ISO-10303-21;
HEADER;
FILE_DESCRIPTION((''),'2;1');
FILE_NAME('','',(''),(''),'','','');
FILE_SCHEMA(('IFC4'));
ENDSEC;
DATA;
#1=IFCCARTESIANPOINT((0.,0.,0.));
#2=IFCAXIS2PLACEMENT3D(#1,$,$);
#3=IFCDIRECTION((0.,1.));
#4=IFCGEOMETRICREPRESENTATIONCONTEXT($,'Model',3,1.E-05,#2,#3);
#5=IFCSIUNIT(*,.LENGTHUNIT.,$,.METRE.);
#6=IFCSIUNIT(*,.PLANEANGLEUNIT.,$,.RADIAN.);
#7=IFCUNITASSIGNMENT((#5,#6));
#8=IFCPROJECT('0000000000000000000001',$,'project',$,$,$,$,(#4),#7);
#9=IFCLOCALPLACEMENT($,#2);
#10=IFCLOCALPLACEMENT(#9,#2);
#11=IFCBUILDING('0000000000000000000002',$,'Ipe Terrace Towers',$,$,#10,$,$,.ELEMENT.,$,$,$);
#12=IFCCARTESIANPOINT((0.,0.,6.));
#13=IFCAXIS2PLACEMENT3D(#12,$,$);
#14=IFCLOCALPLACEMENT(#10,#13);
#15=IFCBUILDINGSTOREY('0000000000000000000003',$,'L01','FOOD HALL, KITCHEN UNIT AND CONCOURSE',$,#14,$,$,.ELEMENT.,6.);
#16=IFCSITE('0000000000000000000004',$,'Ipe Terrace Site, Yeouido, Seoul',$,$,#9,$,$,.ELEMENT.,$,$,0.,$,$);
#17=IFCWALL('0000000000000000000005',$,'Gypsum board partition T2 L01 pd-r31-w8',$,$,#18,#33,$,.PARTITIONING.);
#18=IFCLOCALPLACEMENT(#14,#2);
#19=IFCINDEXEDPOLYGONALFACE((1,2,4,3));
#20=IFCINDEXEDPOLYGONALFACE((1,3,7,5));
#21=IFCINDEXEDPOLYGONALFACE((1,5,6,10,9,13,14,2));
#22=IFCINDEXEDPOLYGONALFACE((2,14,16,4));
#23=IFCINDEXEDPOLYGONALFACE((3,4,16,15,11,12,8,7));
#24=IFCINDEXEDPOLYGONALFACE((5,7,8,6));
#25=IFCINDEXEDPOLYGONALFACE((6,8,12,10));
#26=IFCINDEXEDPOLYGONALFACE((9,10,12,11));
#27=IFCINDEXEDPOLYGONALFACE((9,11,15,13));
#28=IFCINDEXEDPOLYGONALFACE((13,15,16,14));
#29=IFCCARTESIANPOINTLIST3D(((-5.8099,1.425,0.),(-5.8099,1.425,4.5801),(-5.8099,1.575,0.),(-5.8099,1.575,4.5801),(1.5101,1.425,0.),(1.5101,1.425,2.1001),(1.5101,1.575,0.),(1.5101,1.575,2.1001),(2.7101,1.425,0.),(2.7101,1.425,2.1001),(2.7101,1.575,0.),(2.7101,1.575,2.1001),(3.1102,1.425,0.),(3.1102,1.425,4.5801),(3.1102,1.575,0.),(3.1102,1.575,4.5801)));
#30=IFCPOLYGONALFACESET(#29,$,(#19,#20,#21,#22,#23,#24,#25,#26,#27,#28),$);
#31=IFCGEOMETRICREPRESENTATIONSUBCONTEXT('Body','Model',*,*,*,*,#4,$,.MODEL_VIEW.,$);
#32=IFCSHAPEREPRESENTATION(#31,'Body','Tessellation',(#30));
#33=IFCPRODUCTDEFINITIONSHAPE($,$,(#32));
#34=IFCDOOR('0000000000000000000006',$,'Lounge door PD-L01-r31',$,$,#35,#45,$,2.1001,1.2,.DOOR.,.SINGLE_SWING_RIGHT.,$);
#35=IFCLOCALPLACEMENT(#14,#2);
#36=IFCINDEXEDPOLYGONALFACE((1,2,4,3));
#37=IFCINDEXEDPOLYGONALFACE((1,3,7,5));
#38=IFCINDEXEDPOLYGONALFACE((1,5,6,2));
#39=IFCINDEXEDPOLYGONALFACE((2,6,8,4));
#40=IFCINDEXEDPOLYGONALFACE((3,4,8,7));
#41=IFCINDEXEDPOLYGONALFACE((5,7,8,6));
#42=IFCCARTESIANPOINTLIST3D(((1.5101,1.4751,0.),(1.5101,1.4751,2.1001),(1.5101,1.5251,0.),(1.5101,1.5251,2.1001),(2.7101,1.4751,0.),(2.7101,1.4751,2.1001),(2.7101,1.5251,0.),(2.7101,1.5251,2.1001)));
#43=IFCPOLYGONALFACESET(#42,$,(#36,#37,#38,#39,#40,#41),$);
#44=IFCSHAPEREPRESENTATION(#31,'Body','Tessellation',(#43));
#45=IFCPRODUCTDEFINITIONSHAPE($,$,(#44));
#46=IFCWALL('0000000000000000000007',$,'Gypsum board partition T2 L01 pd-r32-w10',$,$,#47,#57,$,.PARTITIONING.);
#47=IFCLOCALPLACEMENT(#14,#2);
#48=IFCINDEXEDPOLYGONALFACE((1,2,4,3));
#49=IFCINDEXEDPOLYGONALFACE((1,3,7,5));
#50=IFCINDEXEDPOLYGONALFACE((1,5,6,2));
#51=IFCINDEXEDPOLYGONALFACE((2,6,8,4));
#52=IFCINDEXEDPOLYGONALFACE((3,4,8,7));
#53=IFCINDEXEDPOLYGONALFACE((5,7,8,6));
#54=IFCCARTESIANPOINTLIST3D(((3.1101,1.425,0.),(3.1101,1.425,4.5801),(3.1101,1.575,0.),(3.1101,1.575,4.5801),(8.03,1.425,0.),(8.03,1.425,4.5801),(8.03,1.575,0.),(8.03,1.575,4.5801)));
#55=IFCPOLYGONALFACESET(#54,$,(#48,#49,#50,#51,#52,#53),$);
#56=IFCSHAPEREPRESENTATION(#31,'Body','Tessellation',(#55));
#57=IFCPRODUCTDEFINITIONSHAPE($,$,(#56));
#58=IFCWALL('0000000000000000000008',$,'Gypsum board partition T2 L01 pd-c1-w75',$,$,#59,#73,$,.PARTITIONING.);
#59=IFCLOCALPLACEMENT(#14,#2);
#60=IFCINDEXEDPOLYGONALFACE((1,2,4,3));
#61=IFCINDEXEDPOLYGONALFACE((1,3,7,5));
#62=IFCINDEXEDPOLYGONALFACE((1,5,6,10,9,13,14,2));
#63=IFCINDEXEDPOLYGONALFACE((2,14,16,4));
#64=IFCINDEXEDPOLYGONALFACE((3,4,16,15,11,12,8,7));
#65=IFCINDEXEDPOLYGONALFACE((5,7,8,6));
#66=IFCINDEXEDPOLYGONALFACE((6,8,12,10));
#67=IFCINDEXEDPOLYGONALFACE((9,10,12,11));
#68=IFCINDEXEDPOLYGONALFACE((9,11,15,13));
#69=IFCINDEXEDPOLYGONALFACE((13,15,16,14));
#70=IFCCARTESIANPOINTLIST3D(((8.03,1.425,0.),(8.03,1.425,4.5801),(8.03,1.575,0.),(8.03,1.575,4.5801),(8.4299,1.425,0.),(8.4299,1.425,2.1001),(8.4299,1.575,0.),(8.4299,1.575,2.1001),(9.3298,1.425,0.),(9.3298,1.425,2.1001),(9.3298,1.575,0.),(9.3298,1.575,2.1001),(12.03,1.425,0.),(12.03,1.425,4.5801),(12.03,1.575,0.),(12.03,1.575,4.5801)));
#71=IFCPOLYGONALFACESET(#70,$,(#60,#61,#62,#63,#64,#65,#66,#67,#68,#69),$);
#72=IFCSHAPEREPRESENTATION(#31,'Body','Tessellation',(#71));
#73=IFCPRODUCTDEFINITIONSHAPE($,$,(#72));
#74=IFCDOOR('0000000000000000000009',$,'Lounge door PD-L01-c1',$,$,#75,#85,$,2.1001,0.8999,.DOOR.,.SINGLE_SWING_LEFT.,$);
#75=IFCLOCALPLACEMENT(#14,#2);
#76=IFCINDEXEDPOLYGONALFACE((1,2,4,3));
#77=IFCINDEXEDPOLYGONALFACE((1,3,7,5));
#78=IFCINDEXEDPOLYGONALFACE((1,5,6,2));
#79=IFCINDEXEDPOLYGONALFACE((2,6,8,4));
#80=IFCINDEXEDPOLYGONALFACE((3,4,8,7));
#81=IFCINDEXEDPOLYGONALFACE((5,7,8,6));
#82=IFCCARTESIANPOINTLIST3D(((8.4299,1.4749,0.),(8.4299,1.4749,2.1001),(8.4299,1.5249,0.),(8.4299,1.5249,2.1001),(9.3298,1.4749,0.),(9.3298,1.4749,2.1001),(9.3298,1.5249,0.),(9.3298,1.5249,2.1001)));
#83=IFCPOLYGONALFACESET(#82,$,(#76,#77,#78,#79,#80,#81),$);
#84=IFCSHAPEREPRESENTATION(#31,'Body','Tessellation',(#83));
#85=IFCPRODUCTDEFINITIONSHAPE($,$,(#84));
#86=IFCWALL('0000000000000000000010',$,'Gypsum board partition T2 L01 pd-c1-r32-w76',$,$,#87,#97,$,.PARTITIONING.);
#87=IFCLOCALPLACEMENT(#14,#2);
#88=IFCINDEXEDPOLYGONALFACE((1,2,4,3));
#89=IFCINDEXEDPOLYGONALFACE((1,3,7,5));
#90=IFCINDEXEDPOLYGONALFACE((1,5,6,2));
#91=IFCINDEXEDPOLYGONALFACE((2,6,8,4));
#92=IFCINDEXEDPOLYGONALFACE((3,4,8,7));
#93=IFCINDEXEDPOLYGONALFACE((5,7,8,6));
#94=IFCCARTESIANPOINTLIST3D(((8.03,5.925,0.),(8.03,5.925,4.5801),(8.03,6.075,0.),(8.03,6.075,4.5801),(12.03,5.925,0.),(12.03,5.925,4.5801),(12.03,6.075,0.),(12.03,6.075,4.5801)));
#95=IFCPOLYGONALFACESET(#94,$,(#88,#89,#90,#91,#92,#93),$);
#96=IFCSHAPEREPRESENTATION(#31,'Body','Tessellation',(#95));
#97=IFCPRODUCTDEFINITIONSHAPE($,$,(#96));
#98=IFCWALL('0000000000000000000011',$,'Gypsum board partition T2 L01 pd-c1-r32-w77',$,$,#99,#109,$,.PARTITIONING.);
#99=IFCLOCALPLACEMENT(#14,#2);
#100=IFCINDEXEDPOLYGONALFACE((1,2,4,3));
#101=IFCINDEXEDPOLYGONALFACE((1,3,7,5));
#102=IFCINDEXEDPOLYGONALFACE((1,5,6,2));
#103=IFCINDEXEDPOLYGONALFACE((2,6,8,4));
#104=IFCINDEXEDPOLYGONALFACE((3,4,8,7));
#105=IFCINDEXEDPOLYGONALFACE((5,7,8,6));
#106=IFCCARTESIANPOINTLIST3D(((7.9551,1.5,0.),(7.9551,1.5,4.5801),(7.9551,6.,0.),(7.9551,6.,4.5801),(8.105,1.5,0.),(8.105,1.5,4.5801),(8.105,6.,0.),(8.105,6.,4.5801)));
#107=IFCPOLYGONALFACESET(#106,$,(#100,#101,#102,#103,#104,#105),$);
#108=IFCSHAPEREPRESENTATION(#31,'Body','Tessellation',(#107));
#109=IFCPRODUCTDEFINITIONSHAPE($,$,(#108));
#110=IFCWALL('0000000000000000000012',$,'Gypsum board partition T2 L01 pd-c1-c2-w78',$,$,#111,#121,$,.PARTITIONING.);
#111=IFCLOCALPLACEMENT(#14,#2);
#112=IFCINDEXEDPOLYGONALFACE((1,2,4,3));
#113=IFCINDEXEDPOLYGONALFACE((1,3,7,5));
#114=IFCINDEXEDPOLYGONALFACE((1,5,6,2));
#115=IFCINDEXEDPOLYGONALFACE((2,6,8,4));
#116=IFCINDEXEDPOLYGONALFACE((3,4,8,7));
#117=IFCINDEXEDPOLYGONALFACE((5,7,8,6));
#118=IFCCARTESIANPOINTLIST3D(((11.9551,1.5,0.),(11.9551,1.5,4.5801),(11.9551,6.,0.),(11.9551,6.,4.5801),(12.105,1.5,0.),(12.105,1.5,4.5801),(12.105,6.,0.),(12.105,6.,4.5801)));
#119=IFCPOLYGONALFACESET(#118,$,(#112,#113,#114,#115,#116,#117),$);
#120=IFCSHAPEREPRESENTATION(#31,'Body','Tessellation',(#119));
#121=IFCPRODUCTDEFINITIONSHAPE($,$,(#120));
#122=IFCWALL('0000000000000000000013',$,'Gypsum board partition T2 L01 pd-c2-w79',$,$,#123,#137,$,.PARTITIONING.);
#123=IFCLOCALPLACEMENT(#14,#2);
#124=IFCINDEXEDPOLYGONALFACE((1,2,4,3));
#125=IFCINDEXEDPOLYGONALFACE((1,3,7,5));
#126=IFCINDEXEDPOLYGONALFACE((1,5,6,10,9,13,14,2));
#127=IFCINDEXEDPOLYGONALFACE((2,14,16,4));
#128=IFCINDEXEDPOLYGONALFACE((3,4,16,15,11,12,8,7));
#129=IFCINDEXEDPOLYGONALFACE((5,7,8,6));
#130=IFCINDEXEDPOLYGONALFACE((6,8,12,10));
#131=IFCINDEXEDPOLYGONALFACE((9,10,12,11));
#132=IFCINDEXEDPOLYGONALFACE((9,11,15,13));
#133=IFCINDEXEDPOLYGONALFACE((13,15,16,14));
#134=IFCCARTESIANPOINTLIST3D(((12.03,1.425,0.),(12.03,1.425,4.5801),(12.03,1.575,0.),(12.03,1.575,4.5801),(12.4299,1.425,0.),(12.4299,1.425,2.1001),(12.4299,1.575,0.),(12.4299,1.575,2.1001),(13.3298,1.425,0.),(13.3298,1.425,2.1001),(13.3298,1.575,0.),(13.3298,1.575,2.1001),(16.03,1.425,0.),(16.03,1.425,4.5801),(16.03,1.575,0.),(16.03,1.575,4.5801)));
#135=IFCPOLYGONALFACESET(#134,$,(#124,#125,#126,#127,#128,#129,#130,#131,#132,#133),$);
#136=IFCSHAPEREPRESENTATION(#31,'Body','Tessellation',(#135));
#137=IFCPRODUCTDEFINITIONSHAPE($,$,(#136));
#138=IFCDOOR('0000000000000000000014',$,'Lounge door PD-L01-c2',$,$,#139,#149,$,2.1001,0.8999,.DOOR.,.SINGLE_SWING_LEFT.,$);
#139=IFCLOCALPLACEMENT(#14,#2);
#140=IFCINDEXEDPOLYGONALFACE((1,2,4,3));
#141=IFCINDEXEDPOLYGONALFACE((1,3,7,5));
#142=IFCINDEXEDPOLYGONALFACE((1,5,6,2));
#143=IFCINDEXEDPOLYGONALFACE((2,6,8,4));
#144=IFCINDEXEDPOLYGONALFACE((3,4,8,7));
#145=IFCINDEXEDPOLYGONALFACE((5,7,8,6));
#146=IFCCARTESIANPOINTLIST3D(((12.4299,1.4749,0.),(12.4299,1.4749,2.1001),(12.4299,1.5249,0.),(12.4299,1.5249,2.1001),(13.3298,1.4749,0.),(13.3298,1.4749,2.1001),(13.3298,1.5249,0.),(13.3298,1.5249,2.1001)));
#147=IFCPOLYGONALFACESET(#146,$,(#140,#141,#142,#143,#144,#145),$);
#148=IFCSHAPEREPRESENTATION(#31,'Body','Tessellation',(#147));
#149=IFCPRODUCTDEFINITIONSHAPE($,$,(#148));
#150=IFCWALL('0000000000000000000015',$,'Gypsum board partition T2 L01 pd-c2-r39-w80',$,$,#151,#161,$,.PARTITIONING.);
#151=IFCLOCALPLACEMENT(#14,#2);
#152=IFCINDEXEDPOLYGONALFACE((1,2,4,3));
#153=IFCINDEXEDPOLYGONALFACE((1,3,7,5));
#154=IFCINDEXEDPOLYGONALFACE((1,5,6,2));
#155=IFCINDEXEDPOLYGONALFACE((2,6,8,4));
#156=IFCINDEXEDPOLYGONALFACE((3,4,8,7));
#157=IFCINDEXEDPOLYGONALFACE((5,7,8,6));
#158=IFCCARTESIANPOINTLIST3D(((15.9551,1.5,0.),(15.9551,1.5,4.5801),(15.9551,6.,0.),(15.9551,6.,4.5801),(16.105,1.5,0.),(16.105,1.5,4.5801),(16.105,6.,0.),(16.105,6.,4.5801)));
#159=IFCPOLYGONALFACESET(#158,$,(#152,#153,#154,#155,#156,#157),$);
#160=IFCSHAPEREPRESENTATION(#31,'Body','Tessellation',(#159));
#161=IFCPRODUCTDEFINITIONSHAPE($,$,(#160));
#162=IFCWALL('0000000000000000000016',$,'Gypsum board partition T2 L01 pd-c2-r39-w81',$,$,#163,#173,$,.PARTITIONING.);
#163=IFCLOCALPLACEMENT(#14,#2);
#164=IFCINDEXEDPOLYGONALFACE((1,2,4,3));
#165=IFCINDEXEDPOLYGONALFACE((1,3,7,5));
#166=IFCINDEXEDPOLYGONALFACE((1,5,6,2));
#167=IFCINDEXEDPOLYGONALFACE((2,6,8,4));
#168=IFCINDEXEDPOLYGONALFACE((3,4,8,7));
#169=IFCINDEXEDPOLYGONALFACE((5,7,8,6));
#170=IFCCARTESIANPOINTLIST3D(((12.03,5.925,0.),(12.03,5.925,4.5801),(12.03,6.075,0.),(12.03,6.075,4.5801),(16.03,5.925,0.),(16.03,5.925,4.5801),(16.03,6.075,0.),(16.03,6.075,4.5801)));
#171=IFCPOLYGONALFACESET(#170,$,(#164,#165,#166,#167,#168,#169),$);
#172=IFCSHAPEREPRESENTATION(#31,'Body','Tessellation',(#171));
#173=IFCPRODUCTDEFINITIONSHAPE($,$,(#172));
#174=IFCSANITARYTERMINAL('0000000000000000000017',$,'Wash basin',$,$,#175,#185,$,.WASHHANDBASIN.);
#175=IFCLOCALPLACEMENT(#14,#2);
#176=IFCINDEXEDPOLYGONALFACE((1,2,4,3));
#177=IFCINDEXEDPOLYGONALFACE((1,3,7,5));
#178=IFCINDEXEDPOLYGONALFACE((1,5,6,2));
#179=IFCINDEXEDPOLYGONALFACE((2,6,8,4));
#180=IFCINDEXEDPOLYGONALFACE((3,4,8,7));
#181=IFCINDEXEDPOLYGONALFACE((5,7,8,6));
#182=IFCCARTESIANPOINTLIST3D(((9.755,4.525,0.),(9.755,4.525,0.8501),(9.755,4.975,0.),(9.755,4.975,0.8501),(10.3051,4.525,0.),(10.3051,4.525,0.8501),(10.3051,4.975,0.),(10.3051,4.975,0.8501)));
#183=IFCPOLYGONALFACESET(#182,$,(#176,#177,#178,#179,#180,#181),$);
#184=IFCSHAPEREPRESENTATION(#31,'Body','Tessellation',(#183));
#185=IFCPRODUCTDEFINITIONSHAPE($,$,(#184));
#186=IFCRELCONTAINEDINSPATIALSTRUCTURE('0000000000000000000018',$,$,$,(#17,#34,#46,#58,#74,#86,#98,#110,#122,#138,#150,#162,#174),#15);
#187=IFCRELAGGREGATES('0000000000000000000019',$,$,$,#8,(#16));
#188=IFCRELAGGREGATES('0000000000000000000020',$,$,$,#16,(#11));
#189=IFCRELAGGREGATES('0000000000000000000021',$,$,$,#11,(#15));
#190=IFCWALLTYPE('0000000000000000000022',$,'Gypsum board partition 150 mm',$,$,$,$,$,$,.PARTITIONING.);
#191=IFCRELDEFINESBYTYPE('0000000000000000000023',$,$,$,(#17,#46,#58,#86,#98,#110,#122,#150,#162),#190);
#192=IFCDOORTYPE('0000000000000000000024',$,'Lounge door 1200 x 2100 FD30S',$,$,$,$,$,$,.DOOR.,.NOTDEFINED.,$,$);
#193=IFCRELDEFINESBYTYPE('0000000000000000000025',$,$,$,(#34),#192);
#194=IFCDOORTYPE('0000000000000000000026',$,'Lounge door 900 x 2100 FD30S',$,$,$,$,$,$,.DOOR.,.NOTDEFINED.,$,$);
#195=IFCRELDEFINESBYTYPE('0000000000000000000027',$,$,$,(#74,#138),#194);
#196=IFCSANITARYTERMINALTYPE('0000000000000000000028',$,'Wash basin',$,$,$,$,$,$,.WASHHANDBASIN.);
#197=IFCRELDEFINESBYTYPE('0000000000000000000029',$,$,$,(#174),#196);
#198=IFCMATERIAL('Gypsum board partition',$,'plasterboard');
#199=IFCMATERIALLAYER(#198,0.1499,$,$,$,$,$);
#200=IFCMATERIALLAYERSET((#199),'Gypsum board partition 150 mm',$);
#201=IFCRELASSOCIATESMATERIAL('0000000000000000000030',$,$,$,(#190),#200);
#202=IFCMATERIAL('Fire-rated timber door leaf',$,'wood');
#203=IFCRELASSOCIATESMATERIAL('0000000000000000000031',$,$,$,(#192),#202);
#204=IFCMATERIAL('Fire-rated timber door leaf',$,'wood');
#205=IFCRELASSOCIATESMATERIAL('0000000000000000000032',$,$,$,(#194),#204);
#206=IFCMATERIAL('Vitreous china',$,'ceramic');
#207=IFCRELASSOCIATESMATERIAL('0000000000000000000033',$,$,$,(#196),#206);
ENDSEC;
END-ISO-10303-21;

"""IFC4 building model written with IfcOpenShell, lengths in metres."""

from ifc_helpers import new_model, si_unit, direction, frame, frame_2d, origin, origin_2d, place, context, subcontext, project, spatial, rectangle, extrude, material, layer, layer_set, type_object, element, fill, save


model = new_model("IFC4")

# Units and contexts
model_context = context("Model", 3, precision=1e-05, world=origin(), true_north=direction((0.0, 1.0)))
body_context = subcontext(model_context, "Body", "Model", "MODEL_VIEW")
ifc_project = project(units=[si_unit("LENGTHUNIT", "METRE"), si_unit("PLANEANGLEUNIT", "RADIAN")], contexts=[model_context])

# Site, building, storey
site_placement = place(None, origin())
site = spatial("IfcSite", under=ifc_project, at=site_placement, Name="Ipe Terrace Site, Yeouido, Seoul", CompositionType="ELEMENT", RefElevation=0.0)
building_placement = place(site_placement, origin())
building = spatial("IfcBuilding", under=site, at=building_placement, Name="Ipe Terrace Towers", CompositionType="ELEMENT")
storey_placement = place(building_placement, frame((0.0, 0.0, 6.0)))
storey = spatial("IfcBuildingStorey", under=building, at=storey_placement, Name="L01", Description="FOOD HALL, KITCHEN UNIT AND CONCOURSE", CompositionType="ELEMENT", Elevation=6.0)

# Wall, opening, door
ifc_material_1 = material(Name="Gypsum board partition", Category="plasterboard")
ifc_layer_1 = layer(ifc_material_1, 0.1499)
ifc_layer_set_1 = layer_set([ifc_layer_1], Name="Gypsum board partition 150 mm")
wall_type = type_object("IfcWallType", Name="Gypsum board partition 150 mm", PredefinedType="PARTITIONING", material=ifc_layer_set_1)
wall_1_placement = place(storey_placement, frame((3.1101, 1.5, 0.0), z_axis=(0.0, 0.0, 1.0), x_axis=(-1.0, 0.0, 0.0)))
wall_1 = element("IfcWall", 1, at=wall_1_placement, inside=storey, type_object=wall_type, Name="Gypsum board partition T2 L01 pd-r31-w8", PredefinedType="PARTITIONING", context=body_context, shape_type="SweptSolid", body=[
    extrude(rectangle(XDim=8.9202, YDim=0.1499, at=frame_2d((4.46, 0.0))), origin(), (0.0, 0.0, 1.0), 4.5801),
])
opening_1_placement = place(wall_1_placement, frame((0.3999, 0.0, 0.0)))
opening_1 = element("IfcOpeningElement", 2, at=opening_1_placement, cuts=wall_1, PredefinedType="OPENING", context=body_context, shape_type="SweptSolid", body=[
    extrude(rectangle(XDim=1.2, YDim=2.1001, at=frame_2d((0.6001, 1.05))), frame((0.0, 0.085, 0.0), z_axis=(0.0, -1.0, 0.0), x_axis=(1.0, 0.0, 0.0)), (0.0, 0.0, 1.0), 0.1699),
])
ifc_material_2 = material(Name="Fire-rated timber door leaf", Category="wood")
door_type_1 = type_object("IfcDoorType", Name="Lounge door 1200 x 2100 FD30S", OperationType="NOTDEFINED", PredefinedType="DOOR", material=ifc_material_2)
door_1_placement = place(opening_1_placement, origin())
door_1 = element("IfcDoor", 3, at=door_1_placement, inside=storey, type_object=door_type_1, Name="Lounge door PD-L01-r31", OperationType="SINGLE_SWING_RIGHT", OverallHeight=2.1001, OverallWidth=1.2, PredefinedType="DOOR", context=body_context, shape_type="SweptSolid", body=[
    extrude(rectangle(XDim=1.2, YDim=2.1001, at=frame_2d((0.6001, 1.05))), frame((0.0, 0.0249, 0.0), z_axis=(0.0, -1.0, 0.0), x_axis=(1.0, 0.0, 0.0)), (0.0, 0.0, 1.0), 0.05),
])
fill(opening_1, door_1)

# Wall
wall_2_placement = place(storey_placement, frame((8.03, 1.5, 0.0), z_axis=(0.0, 0.0, 1.0), x_axis=(-1.0, 0.0, 0.0)))
element("IfcWall", 4, at=wall_2_placement, inside=storey, type_object=wall_type, Name="Gypsum board partition T2 L01 pd-r32-w10", PredefinedType="PARTITIONING", context=body_context, shape_type="SweptSolid", body=[
    extrude(rectangle(XDim=4.9199, YDim=0.1499, at=frame_2d((2.46, 0.0))), origin(), (0.0, 0.0, 1.0), 4.5801),
])

# Wall, opening, door
wall_3_placement = place(storey_placement, frame((8.03, 1.5, 0.0), z_axis=(0.0, 0.0, 1.0), x_axis=(1.0, 0.0, 0.0)))
wall_3 = element("IfcWall", 5, at=wall_3_placement, inside=storey, type_object=wall_type, Name="Gypsum board partition T2 L01 pd-c1-w75", PredefinedType="PARTITIONING", context=body_context, shape_type="SweptSolid", body=[
    extrude(rectangle(XDim=4.0, YDim=0.1499, at=frame_2d((2.0, 0.0))), origin(), (0.0, 0.0, 1.0), 4.5801),
])
opening_2_placement = place(wall_3_placement, frame((0.3999, 0.0, 0.0)))
opening_2 = element("IfcOpeningElement", 6, at=opening_2_placement, cuts=wall_3, PredefinedType="OPENING", context=body_context, shape_type="SweptSolid", body=[
    extrude(rectangle(XDim=0.8999, YDim=2.1001, at=frame_2d((0.45, 1.05))), frame((0.0, 0.085, 0.0), z_axis=(0.0, -1.0, 0.0), x_axis=(1.0, 0.0, 0.0)), (0.0, 0.0, 1.0), 0.1699),
])
ifc_material_3 = material(Name="Fire-rated timber door leaf", Category="wood")
door_type_2 = type_object("IfcDoorType", Name="Lounge door 900 x 2100 FD30S", OperationType="NOTDEFINED", PredefinedType="DOOR", material=ifc_material_3)
door_2_placement = place(opening_2_placement, origin())
door_2 = element("IfcDoor", 7, at=door_2_placement, inside=storey, type_object=door_type_2, Name="Lounge door PD-L01-c1", OperationType="SINGLE_SWING_LEFT", OverallHeight=2.1001, OverallWidth=0.8999, PredefinedType="DOOR", context=body_context, shape_type="SweptSolid", body=[
    extrude(rectangle(XDim=0.8999, YDim=2.1001, at=frame_2d((0.45, 1.05))), frame((0.0, 0.0249, 0.0), z_axis=(0.0, -1.0, 0.0), x_axis=(1.0, 0.0, 0.0)), (0.0, 0.0, 1.0), 0.05),
])
fill(opening_2, door_2)

# Walls
wall_4_placement = place(storey_placement, frame((12.03, 6.0, 0.0), z_axis=(0.0, 0.0, 1.0), x_axis=(-1.0, 0.0, 0.0)))
element("IfcWall", 8, at=wall_4_placement, inside=storey, type_object=wall_type, Name="Gypsum board partition T2 L01 pd-c1-r32-w76", PredefinedType="PARTITIONING", context=body_context, shape_type="SweptSolid", body=[
    extrude(rectangle(XDim=4.0, YDim=0.1499, at=frame_2d((2.0, 0.0))), origin(), (0.0, 0.0, 1.0), 4.5801),
])
for number, where, z_axis, x_axis, name in (
    (9, (8.03, 6.0, 0.0), (0.0, 0.0, 1.0), (0.0, -1.0, 0.0), "Gypsum board partition T2 L01 pd-c1-r32-w77"),
    (10, (12.03, 1.5, 0.0), (0.0, 0.0, 1.0), (0.0, 1.0, 0.0), "Gypsum board partition T2 L01 pd-c1-c2-w78"),
):
    element("IfcWall", number, at=place(storey_placement, frame(where, z_axis=z_axis, x_axis=x_axis)), inside=storey, type_object=wall_type, Name=name, PredefinedType="PARTITIONING", context=body_context, shape_type="SweptSolid", body=[
        extrude(rectangle(XDim=4.5, YDim=0.1499, at=frame_2d((2.25, 0.0))), origin(), (0.0, 0.0, 1.0), 4.5801),
    ])

# Wall, opening, door
wall_5_placement = place(storey_placement, frame((12.03, 1.5, 0.0), z_axis=(0.0, 0.0, 1.0), x_axis=(1.0, 0.0, 0.0)))
wall_5 = element("IfcWall", 11, at=wall_5_placement, inside=storey, type_object=wall_type, Name="Gypsum board partition T2 L01 pd-c2-w79", PredefinedType="PARTITIONING", context=body_context, shape_type="SweptSolid", body=[
    extrude(rectangle(XDim=4.0, YDim=0.1499, at=frame_2d((2.0, 0.0))), origin(), (0.0, 0.0, 1.0), 4.5801),
])
opening_3_placement = place(wall_5_placement, frame((0.3999, 0.0, 0.0)))
opening_3 = element("IfcOpeningElement", 12, at=opening_3_placement, cuts=wall_5, PredefinedType="OPENING", context=body_context, shape_type="SweptSolid", body=[
    extrude(rectangle(XDim=0.8999, YDim=2.1001, at=frame_2d((0.45, 1.05))), frame((0.0, 0.085, 0.0), z_axis=(0.0, -1.0, 0.0), x_axis=(1.0, 0.0, 0.0)), (0.0, 0.0, 1.0), 0.1699),
])
door_3_placement = place(opening_3_placement, origin())
door_3 = element("IfcDoor", 13, at=door_3_placement, inside=storey, type_object=door_type_2, Name="Lounge door PD-L01-c2", OperationType="SINGLE_SWING_LEFT", OverallHeight=2.1001, OverallWidth=0.8999, PredefinedType="DOOR", context=body_context, shape_type="SweptSolid", body=[
    extrude(rectangle(XDim=0.8999, YDim=2.1001, at=frame_2d((0.45, 1.05))), frame((0.0, 0.0249, 0.0), z_axis=(0.0, -1.0, 0.0), x_axis=(1.0, 0.0, 0.0)), (0.0, 0.0, 1.0), 0.05),
])
fill(opening_3, door_3)

# Walls
wall_6_placement = place(storey_placement, frame((16.03, 1.5, 0.0), z_axis=(0.0, 0.0, 1.0), x_axis=(0.0, 1.0, 0.0)))
element("IfcWall", 14, at=wall_6_placement, inside=storey, type_object=wall_type, Name="Gypsum board partition T2 L01 pd-c2-r39-w80", PredefinedType="PARTITIONING", context=body_context, shape_type="SweptSolid", body=[
    extrude(rectangle(XDim=4.5, YDim=0.1499, at=frame_2d((2.25, 0.0))), origin(), (0.0, 0.0, 1.0), 4.5801),
])
wall_7_placement = place(storey_placement, frame((16.03, 6.0, 0.0), z_axis=(0.0, 0.0, 1.0), x_axis=(-1.0, 0.0, 0.0)))
element("IfcWall", 15, at=wall_7_placement, inside=storey, type_object=wall_type, Name="Gypsum board partition T2 L01 pd-c2-r39-w81", PredefinedType="PARTITIONING", context=body_context, shape_type="SweptSolid", body=[
    extrude(rectangle(XDim=4.0, YDim=0.1499, at=frame_2d((2.0, 0.0))), origin(), (0.0, 0.0, 1.0), 4.5801),
])

# Sanitary terminal
ifc_material_4 = material(Name="Vitreous china", Category="ceramic")
sanitary_terminal_type_1 = type_object("IfcSanitaryTerminalType", Name="Wash basin", PredefinedType="WASHHANDBASIN", material=ifc_material_4)
for number, where, z_axis, x_axis, name in (
    (16, (10.03, 4.75, 0.0), (0.0, 0.0, 1.0), (1.0, 0.0, 0.0), "Wash basin"),
):
    element("IfcSanitaryTerminal", number, at=place(storey_placement, frame(where, z_axis=z_axis, x_axis=x_axis)), inside=storey, type_object=sanitary_terminal_type_1, Name=name, PredefinedType="WASHHANDBASIN", context=body_context, shape_type="SweptSolid", body=[
        extrude(rectangle(XDim=0.55, YDim=0.45, at=origin_2d()), origin(), (0.0, 0.0, 1.0), 0.8501),
    ])

save(model, "model.ifc")
